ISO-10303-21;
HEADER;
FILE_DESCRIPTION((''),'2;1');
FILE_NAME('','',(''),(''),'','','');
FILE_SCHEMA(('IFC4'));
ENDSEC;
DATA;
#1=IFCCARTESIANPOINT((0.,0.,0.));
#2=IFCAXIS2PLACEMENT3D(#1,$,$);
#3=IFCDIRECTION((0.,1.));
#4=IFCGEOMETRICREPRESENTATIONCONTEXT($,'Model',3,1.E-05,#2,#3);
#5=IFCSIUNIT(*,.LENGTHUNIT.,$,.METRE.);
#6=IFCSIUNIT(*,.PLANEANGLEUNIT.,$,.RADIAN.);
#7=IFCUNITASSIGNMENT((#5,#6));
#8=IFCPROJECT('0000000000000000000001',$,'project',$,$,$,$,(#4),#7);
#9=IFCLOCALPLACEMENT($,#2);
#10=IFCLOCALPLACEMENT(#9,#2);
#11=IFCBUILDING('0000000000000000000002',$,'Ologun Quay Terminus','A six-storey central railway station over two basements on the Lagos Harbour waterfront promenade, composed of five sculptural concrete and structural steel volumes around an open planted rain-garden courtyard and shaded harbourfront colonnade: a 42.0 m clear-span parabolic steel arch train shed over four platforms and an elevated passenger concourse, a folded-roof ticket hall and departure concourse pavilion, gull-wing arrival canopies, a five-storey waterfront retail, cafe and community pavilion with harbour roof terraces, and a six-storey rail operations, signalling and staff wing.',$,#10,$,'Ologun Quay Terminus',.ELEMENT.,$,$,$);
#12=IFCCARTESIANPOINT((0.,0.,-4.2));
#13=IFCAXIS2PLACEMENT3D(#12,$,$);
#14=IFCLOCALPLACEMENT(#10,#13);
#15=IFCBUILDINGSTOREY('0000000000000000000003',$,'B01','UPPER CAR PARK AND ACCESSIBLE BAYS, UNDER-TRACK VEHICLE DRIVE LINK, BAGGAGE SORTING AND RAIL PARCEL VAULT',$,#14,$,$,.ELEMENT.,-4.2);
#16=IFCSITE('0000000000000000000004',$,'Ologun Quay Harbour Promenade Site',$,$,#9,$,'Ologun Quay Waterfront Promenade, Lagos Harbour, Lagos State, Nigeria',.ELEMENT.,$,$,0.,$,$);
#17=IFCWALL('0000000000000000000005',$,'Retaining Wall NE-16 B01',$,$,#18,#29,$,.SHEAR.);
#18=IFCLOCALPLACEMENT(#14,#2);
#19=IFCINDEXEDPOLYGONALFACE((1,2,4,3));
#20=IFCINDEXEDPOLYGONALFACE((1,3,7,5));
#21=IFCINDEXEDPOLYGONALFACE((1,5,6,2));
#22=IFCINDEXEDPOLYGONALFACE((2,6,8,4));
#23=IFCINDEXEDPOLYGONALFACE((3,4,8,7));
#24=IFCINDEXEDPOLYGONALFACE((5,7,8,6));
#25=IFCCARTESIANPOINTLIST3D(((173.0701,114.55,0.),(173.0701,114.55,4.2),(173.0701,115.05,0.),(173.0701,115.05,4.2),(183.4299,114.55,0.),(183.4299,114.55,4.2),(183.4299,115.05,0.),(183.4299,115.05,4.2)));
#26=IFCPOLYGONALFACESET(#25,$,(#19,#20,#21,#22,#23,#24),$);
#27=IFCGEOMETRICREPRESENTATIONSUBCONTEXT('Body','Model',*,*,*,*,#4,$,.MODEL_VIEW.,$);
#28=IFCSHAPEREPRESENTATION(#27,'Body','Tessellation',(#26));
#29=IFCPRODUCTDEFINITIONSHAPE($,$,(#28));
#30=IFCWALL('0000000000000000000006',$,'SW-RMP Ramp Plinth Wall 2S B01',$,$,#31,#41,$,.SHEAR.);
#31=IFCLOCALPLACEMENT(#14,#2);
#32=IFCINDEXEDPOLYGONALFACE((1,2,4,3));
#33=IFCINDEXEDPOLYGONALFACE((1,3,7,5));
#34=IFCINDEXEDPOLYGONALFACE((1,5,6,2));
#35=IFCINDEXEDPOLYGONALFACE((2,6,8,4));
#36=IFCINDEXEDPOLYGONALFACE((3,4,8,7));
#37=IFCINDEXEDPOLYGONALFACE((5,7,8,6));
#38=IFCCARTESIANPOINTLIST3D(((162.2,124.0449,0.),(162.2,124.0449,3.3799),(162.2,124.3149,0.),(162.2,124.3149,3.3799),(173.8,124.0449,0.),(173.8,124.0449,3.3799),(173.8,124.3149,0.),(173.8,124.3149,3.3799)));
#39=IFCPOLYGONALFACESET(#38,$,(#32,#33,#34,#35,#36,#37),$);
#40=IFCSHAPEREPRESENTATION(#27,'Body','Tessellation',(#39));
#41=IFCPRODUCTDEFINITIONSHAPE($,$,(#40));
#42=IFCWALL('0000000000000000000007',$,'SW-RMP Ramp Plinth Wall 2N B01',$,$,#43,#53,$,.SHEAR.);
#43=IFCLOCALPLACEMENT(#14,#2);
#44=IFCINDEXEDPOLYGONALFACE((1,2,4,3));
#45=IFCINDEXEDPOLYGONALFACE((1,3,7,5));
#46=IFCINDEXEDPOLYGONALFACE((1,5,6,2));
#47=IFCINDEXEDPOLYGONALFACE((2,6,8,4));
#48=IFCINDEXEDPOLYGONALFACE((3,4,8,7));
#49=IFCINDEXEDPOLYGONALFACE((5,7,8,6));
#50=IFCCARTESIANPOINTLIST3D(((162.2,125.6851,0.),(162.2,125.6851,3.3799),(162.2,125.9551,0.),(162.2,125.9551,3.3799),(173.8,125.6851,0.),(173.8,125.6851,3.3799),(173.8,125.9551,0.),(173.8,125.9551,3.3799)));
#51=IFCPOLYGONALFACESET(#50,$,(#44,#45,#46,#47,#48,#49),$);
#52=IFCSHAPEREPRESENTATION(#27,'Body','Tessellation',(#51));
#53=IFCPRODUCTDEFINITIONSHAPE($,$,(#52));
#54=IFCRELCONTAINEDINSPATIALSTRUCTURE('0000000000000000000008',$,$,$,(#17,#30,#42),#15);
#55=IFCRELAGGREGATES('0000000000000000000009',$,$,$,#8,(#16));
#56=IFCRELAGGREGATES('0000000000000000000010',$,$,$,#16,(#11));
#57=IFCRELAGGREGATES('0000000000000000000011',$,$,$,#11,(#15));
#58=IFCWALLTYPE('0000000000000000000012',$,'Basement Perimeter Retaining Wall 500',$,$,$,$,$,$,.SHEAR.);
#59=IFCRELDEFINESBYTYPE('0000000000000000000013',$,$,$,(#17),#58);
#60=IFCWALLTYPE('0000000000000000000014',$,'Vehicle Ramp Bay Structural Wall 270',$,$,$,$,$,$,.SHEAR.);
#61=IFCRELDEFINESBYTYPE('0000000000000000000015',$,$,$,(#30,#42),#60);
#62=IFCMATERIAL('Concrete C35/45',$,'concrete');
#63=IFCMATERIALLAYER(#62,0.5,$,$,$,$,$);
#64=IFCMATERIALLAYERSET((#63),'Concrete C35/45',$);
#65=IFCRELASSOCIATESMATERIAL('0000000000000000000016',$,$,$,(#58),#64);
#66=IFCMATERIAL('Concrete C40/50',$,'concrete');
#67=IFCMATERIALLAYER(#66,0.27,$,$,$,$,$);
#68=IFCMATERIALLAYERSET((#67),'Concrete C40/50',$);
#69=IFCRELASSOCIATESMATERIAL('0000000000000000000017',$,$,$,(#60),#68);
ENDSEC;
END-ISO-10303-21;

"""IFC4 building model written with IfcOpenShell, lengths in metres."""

from ifc_helpers import new_model, si_unit, direction, frame, frame_2d, origin, place, context, subcontext, project, spatial, rectangle, extrude, material, layer, layer_set, type_object, element, save


model = new_model("IFC4")

# Units and contexts
model_context = context("Model", 3, precision=1e-05, world=origin(), true_north=direction((0.0, 1.0)))
body_context = subcontext(model_context, "Body", "Model", "MODEL_VIEW")
ifc_project = project(units=[si_unit("LENGTHUNIT", "METRE"), si_unit("PLANEANGLEUNIT", "RADIAN")], contexts=[model_context])

# Site, building, storey
site_placement = place(None, origin())
site = spatial("IfcSite", under=ifc_project, at=site_placement, Name="Ologun Quay Harbour Promenade Site", LongName="Ologun Quay Waterfront Promenade, Lagos Harbour, Lagos State, Nigeria", CompositionType="ELEMENT", RefElevation=0.0)
building_placement = place(site_placement, origin())
building = spatial("IfcBuilding", under=site, at=building_placement, Name="Ologun Quay Terminus", Description="A six-storey central railway station over two basements on the Lagos Harbour waterfront promenade, composed of five sculptural concrete and structural steel volumes around an open planted rain-garden courtyard and shaded harbourfront colonnade: a 42.0 m clear-span parabolic steel arch train shed over four platforms and an elevated passenger concourse, a folded-roof ticket hall and departure concourse pavilion, gull-wing arrival canopies, a five-storey waterfront retail, cafe and community pavilion with harbour roof terraces, and a six-storey rail operations, signalling and staff wing.", LongName="Ologun Quay Terminus", CompositionType="ELEMENT")
storey_placement = place(building_placement, frame((0.0, 0.0, -4.2)))
storey = spatial("IfcBuildingStorey", under=building, at=storey_placement, Name="B01", Description="UPPER CAR PARK AND ACCESSIBLE BAYS, UNDER-TRACK VEHICLE DRIVE LINK, BAGGAGE SORTING AND RAIL PARCEL VAULT", CompositionType="ELEMENT", Elevation=-4.2)

# Walls
ifc_material_1 = material(Name="Concrete C35/45", Category="concrete")
ifc_layer_1 = layer(ifc_material_1, 0.5)
ifc_layer_set_1 = layer_set([ifc_layer_1], Name="Concrete C35/45")
wall_type_1 = type_object("IfcWallType", Name="Basement Perimeter Retaining Wall 500", PredefinedType="SHEAR", material=ifc_layer_set_1)
for number, where, z_axis, x_axis, name in (
    (1, (173.0701, 114.8, 0.0), (0.0, 0.0, 1.0), (1.0, 0.0, 0.0), "Retaining Wall NE-16 B01"),
):
    element("IfcWall", number, at=place(storey_placement, frame(where, z_axis=z_axis, x_axis=x_axis)), inside=storey, type_object=wall_type_1, Name=name, PredefinedType="SHEAR", context=body_context, shape_type="SweptSolid", body=[
        extrude(rectangle(XDim=10.3599, YDim=0.5, at=frame_2d((5.1799, 0.0))), origin(), (0.0, 0.0, 1.0), 4.2),
    ])
ifc_material_2 = material(Name="Concrete C40/50", Category="concrete")
ifc_layer_2 = layer(ifc_material_2, 0.27)
ifc_layer_set_2 = layer_set([ifc_layer_2], Name="Concrete C40/50")
wall_type_2 = type_object("IfcWallType", Name="Vehicle Ramp Bay Structural Wall 270", PredefinedType="SHEAR", material=ifc_layer_set_2)
for number, where, z_axis, x_axis, name in (
    (2, (162.2, 124.1799, 0.0), (0.0, 0.0, 1.0), (1.0, 0.0, 0.0), "SW-RMP Ramp Plinth Wall 2S B01"),
    (3, (162.2, 125.8201, 0.0), (0.0, 0.0, 1.0), (1.0, 0.0, 0.0), "SW-RMP Ramp Plinth Wall 2N B01"),
):
    element("IfcWall", number, at=place(storey_placement, frame(where, z_axis=z_axis, x_axis=x_axis)), inside=storey, type_object=wall_type_2, Name=name, PredefinedType="SHEAR", context=body_context, shape_type="SweptSolid", body=[
        extrude(rectangle(XDim=11.6001, YDim=0.27, at=frame_2d((5.8, 0.0))), origin(), (0.0, 0.0, 1.0), 3.3799),
    ])

save(model, "model.ifc")
